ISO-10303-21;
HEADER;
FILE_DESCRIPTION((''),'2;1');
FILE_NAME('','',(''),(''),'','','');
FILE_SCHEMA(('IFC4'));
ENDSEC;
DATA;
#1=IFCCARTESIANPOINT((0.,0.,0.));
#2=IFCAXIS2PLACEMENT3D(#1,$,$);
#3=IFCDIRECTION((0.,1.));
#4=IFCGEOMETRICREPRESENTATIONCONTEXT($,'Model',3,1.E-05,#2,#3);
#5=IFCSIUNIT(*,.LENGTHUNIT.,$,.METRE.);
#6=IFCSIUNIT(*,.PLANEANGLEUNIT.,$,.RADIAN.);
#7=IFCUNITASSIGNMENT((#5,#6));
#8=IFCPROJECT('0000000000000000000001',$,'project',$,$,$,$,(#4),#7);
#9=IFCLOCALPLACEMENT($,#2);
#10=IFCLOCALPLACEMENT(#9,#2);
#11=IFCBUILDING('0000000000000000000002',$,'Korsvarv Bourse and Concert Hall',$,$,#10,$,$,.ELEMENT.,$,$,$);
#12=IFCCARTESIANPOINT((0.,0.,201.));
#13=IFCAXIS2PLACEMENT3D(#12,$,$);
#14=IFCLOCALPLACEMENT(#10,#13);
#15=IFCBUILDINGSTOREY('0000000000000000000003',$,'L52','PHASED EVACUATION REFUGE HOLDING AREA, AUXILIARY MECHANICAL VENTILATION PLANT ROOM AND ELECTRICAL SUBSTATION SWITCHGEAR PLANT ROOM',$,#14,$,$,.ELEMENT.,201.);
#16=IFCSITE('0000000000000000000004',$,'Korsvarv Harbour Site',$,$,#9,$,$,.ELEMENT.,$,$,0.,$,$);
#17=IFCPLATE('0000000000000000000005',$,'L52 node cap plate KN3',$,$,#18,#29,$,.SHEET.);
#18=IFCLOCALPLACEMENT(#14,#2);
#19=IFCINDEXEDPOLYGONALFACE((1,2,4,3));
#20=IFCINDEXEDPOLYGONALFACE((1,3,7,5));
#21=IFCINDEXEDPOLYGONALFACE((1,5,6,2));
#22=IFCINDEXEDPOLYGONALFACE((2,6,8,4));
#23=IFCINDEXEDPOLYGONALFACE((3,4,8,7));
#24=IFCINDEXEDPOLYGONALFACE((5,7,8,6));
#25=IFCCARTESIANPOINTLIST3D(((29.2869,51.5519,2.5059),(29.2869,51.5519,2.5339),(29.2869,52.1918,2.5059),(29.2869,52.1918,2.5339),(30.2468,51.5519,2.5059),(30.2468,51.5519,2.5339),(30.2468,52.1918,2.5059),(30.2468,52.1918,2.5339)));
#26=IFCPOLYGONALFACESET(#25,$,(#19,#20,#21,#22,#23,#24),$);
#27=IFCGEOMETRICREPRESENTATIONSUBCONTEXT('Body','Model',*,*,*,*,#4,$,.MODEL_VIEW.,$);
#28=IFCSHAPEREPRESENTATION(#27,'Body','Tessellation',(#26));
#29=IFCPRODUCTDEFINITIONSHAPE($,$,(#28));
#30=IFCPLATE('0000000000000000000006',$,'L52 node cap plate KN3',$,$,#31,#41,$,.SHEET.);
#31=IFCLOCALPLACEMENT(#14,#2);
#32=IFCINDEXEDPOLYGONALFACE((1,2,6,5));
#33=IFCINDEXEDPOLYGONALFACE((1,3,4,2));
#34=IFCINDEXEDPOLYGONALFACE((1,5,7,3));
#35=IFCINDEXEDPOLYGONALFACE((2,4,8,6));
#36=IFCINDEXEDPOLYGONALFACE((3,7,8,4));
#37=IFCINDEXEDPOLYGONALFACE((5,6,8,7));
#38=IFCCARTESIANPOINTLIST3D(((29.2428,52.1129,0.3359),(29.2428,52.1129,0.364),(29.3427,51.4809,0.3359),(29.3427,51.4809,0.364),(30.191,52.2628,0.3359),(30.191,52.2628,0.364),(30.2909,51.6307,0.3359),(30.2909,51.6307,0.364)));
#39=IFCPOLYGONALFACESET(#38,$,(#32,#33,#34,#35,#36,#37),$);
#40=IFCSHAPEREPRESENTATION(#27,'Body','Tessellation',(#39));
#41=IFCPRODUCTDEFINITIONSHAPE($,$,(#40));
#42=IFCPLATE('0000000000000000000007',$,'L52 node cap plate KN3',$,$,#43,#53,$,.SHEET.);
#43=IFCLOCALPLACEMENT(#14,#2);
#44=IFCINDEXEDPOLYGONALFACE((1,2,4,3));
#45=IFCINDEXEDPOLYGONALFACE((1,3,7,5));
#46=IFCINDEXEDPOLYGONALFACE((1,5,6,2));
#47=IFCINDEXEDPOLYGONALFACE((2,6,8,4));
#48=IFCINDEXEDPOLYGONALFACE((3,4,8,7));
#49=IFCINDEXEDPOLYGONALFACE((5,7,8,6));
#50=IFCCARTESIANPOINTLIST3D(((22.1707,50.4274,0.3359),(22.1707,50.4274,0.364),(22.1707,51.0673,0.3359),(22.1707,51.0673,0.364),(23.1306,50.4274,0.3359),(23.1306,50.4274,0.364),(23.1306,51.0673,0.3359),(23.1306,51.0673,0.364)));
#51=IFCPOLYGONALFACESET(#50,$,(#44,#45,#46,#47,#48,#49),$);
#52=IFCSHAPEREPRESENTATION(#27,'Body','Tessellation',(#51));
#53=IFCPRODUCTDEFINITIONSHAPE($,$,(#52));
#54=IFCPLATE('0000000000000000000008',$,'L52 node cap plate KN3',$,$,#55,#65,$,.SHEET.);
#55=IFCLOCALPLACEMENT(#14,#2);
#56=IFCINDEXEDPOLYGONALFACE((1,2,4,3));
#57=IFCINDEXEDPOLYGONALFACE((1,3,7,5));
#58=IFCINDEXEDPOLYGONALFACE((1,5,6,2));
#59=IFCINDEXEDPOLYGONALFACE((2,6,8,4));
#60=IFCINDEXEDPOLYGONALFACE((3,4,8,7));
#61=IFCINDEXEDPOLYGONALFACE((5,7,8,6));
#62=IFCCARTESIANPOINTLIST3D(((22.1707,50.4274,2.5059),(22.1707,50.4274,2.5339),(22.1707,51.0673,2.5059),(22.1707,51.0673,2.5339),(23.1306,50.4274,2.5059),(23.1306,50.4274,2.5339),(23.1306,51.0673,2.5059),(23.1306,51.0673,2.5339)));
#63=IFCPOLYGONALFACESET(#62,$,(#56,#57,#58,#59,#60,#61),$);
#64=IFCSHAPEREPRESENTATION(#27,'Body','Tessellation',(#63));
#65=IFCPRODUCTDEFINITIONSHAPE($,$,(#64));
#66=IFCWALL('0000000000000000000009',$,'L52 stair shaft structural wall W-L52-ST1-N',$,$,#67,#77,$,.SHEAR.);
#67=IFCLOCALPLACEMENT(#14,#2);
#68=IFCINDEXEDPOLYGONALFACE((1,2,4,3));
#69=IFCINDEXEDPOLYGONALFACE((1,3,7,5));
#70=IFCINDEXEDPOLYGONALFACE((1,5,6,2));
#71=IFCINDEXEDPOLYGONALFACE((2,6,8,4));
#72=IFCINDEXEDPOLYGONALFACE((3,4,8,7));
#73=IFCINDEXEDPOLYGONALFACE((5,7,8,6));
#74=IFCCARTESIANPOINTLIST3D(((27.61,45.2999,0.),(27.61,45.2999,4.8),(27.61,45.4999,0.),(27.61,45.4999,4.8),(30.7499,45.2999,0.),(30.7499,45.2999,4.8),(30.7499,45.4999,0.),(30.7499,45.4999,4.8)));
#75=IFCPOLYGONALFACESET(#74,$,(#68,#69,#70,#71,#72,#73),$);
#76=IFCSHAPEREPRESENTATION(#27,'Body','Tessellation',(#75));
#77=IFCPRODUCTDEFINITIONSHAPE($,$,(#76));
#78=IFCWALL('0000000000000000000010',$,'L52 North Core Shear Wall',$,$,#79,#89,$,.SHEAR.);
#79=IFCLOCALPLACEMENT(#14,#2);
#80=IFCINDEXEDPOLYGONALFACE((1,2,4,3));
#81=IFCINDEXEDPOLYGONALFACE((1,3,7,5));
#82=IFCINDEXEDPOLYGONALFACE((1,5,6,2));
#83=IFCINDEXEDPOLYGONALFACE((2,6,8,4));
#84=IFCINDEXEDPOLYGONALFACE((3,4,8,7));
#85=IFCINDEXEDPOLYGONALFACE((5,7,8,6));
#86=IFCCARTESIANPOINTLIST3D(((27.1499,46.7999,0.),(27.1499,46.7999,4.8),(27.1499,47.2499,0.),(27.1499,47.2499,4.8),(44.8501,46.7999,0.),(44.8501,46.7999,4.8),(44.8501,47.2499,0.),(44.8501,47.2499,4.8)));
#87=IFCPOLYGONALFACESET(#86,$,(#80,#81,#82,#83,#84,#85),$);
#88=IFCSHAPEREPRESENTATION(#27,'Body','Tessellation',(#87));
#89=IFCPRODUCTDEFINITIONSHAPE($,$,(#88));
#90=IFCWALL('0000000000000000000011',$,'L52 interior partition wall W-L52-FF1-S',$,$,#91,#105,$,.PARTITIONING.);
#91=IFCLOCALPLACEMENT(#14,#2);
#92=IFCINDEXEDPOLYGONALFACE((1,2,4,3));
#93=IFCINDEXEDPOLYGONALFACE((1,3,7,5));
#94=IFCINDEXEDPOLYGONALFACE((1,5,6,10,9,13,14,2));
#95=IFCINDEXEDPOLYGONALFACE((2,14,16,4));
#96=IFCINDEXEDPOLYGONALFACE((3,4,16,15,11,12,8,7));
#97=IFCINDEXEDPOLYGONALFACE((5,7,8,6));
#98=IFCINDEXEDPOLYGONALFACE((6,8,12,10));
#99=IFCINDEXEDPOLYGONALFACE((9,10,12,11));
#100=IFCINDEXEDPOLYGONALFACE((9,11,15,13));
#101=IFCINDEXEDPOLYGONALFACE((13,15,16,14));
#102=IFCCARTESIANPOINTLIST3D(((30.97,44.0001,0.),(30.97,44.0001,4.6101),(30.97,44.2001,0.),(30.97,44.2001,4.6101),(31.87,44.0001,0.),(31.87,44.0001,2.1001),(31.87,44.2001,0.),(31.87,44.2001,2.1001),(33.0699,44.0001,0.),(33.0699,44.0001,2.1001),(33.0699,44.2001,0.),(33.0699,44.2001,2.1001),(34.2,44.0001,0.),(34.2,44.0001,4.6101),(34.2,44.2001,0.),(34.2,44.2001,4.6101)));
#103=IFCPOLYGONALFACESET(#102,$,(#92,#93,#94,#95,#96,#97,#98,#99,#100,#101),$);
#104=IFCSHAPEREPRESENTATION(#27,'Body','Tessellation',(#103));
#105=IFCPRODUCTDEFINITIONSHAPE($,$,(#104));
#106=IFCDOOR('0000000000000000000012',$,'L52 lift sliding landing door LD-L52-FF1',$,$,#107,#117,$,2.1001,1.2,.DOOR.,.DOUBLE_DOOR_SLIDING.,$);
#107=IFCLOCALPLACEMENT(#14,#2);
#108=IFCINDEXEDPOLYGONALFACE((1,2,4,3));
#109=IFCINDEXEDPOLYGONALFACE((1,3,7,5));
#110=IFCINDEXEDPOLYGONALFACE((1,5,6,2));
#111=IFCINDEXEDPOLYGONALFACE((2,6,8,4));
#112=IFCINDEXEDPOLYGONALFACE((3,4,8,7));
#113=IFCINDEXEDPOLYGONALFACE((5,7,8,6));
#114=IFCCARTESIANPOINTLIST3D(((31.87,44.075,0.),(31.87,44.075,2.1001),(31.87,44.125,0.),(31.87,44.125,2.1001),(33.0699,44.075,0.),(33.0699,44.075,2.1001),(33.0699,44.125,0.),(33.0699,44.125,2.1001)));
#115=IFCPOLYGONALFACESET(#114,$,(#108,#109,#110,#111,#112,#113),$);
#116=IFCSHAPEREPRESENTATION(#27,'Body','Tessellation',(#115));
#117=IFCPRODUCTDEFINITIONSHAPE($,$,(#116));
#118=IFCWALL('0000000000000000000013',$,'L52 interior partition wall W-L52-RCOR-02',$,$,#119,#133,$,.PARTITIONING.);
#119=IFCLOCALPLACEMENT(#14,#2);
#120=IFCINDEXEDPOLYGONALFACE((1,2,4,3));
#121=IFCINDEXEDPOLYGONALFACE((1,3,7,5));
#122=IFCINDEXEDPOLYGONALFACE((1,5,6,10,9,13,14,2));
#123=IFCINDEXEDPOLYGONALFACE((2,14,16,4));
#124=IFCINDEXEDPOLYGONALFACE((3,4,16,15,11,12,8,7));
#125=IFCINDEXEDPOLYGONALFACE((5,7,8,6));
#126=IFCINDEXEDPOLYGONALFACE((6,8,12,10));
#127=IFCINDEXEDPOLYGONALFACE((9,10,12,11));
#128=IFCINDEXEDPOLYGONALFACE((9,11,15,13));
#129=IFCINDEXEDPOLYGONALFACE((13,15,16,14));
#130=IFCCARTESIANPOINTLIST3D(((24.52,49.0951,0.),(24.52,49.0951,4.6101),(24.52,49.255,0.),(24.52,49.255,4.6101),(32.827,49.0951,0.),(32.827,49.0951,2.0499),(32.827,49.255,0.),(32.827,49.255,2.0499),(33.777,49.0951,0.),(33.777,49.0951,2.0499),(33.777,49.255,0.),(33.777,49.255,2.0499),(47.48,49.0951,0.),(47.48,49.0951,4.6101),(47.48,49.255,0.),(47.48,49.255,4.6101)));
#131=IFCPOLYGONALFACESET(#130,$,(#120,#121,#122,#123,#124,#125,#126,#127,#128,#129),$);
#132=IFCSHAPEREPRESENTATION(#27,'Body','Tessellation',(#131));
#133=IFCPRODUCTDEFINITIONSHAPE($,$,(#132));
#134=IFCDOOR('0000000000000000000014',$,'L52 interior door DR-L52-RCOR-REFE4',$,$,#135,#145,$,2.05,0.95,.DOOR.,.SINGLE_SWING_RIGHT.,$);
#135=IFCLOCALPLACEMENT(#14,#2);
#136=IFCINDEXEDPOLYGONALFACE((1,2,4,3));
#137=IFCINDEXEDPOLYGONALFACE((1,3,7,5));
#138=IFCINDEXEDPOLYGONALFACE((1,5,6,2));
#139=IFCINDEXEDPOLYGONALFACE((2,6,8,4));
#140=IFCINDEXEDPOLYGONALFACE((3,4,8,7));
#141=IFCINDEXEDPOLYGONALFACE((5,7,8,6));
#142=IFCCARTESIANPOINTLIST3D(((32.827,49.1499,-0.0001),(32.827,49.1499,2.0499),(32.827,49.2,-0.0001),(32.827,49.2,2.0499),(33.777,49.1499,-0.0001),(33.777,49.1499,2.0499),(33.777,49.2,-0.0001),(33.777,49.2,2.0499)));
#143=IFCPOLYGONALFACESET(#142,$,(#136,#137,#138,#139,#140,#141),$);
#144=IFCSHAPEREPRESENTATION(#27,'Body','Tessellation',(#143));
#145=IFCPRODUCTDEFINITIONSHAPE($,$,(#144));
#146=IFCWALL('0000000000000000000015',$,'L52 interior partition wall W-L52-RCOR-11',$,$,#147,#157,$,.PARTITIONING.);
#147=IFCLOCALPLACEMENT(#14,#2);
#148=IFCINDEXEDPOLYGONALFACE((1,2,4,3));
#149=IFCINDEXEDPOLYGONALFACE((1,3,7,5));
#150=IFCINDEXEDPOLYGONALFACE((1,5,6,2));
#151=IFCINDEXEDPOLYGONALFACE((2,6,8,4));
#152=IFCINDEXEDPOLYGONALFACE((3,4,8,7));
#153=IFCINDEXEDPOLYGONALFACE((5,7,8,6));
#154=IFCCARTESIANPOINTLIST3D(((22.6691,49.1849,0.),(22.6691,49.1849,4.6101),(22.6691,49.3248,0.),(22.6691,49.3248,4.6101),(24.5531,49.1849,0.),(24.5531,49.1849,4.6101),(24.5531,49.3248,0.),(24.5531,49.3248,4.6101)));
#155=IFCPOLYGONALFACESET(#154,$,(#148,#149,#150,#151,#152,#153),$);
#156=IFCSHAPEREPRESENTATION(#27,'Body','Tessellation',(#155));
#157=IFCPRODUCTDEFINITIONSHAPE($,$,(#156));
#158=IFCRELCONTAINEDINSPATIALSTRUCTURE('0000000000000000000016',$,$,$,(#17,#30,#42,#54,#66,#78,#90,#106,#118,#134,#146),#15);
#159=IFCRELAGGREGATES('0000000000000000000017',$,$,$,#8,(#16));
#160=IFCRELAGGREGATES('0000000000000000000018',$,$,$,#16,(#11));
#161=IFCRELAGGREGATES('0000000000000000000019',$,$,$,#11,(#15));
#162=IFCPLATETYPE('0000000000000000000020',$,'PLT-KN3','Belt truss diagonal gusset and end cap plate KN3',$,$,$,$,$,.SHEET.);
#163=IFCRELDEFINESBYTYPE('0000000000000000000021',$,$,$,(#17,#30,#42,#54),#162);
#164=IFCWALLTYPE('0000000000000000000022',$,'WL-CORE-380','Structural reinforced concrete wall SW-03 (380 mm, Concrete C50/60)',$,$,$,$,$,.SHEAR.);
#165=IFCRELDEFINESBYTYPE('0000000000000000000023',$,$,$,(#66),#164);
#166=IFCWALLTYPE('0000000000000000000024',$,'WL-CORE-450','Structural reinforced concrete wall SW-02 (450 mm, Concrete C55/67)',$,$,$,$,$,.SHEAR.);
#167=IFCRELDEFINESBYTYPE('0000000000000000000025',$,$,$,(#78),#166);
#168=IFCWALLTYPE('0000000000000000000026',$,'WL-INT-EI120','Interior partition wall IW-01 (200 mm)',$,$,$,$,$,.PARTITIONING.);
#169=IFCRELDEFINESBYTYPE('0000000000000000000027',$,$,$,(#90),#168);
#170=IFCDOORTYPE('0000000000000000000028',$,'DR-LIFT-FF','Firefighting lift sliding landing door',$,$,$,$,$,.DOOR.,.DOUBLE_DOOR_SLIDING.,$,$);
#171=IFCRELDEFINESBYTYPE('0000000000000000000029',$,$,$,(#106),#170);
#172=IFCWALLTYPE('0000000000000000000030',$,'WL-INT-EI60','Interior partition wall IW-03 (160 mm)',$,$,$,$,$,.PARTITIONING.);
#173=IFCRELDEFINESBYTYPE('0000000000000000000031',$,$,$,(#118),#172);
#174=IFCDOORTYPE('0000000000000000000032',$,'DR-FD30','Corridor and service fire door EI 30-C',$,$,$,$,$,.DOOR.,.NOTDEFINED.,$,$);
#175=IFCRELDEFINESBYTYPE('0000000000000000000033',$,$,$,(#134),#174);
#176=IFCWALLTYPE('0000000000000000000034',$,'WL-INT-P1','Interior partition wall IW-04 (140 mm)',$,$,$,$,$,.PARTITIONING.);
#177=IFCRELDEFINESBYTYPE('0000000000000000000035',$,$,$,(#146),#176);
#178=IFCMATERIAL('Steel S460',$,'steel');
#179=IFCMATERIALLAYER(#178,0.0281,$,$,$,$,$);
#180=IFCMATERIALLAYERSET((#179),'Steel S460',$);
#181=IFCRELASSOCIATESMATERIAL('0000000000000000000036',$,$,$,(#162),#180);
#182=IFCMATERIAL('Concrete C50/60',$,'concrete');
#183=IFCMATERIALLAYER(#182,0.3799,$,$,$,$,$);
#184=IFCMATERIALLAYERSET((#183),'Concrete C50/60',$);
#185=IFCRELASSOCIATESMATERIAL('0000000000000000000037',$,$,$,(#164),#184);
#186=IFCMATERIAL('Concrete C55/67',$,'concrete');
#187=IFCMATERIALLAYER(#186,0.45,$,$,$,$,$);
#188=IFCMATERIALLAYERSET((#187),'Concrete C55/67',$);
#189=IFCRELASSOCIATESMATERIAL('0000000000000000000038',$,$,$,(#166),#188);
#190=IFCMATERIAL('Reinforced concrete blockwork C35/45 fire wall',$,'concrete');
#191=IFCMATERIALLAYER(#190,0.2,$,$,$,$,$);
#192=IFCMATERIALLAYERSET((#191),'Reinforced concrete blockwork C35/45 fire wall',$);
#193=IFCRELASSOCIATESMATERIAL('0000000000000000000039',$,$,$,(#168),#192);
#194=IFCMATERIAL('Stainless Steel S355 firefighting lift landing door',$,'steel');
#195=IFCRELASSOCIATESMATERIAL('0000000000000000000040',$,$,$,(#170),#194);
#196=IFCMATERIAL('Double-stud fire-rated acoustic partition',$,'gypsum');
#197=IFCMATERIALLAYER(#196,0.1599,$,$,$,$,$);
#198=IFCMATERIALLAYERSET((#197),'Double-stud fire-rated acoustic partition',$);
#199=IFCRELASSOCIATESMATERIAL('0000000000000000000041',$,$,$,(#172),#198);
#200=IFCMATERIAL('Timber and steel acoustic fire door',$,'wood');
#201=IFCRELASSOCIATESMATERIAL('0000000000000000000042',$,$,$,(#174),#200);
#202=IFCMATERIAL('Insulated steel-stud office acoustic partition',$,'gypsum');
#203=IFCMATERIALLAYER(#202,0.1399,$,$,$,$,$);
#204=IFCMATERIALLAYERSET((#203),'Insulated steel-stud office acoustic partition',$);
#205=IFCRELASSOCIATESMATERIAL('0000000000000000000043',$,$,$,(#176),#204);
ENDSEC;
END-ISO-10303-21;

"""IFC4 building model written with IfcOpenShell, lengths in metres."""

from ifc_helpers import new_model, si_unit, direction, frame, frame_2d, origin, origin_2d, place, context, subcontext, project, spatial, rectangle, extrude, source, transform, mapped, material, layer, layer_set, type_object, element, fill, save


model = new_model("IFC4")

# Units and contexts
model_context = context("Model", 3, precision=1e-05, world=origin(), true_north=direction((0.0, 1.0)))
body_context = subcontext(model_context, "Body", "Model", "MODEL_VIEW")
ifc_project = project(units=[si_unit("LENGTHUNIT", "METRE"), si_unit("PLANEANGLEUNIT", "RADIAN")], contexts=[model_context])

# Site, building, storey
site_placement = place(None, origin())
site = spatial("IfcSite", under=ifc_project, at=site_placement, Name="Korsvarv Harbour Site", CompositionType="ELEMENT", RefElevation=0.0)
building_placement = place(site_placement, origin())
building = spatial("IfcBuilding", under=site, at=building_placement, Name="Korsvarv Bourse and Concert Hall", CompositionType="ELEMENT")
storey_placement = place(building_placement, frame((0.0, 0.0, 201.0)))
storey = spatial("IfcBuildingStorey", under=building, at=storey_placement, Name="L52", Description="PHASED EVACUATION REFUGE HOLDING AREA, AUXILIARY MECHANICAL VENTILATION PLANT ROOM AND ELECTRICAL SUBSTATION SWITCHGEAR PLANT ROOM", CompositionType="ELEMENT", Elevation=201.0)

# Shared definitions
ifc_material_1 = material(Name="Concrete C55/67", Category="concrete")

# Plates
ifc_material_2 = material(Name="Steel S460", Category="steel")
ifc_layer_1 = layer(ifc_material_2, 0.0281)
ifc_layer_set_1 = layer_set([ifc_layer_1], Name="Steel S460")
plate_type_1 = type_object("IfcPlateType", Name="PLT-KN3", Description="Belt truss diagonal gusset and end cap plate KN3", PredefinedType="SHEET", material=ifc_layer_set_1)
shared_shape_1 = source(origin(), body_context, "Body", "SweptSolid", [
    extrude(rectangle(XDim=0.96, YDim=0.6399, at=origin_2d()), origin(), (0.0, 0.0, 1.0), 0.0281),
])
for number, where, z_axis, x_axis, name in (
    (1, (29.7668, 51.8718, 2.5059), (0.0, 0.0, 1.0), (1.0, 0.0, 0.0), "L52 node cap plate KN3"),
    (2, (29.7668, 51.8718, 0.3359), (0.0, 0.0, 1.0), (0.987743, 0.15609, 0.0), "L52 node cap plate KN3"),
    (3, (22.6506, 50.7473, 0.3359), (0.0, 0.0, 1.0), (1.0, 0.0, 0.0), "L52 node cap plate KN3"),
    (4, (22.6506, 50.7473, 2.5059), (0.0, 0.0, 1.0), (1.0, 0.0, 0.0), "L52 node cap plate KN3"),
):
    element("IfcPlate", number, at=place(storey_placement, frame(where, z_axis=z_axis, x_axis=x_axis)), inside=storey, type_object=plate_type_1, Name=name, PredefinedType="SHEET", context=body_context, shape_type="MappedRepresentation", body=[
        mapped(shared_shape_1, transform((0.0, 0.0, 0.0), scale=1.0)),
    ])

# Walls
ifc_material_3 = material(Name="Concrete C50/60", Category="concrete")
ifc_layer_2 = layer(ifc_material_3, 0.3799)
ifc_layer_set_2 = layer_set([ifc_layer_2], Name="Concrete C50/60")
wall_type_1 = type_object("IfcWallType", Name="WL-CORE-380", Description="Structural reinforced concrete wall SW-03 (380 mm, Concrete C50/60)", PredefinedType="SHEAR", material=ifc_layer_set_2)
wall_1_placement = place(storey_placement, frame((27.6101, 45.3999, 0.0), z_axis=(0.0, 0.0, 1.0), x_axis=(1.0, 0.0, 0.0)))
element("IfcWall", 5, at=wall_1_placement, inside=storey, type_object=wall_type_1, Name="L52 stair shaft structural wall W-L52-ST1-N", PredefinedType="SHEAR", context=body_context, shape_type="SweptSolid", body=[
    extrude(rectangle(XDim=3.1399, YDim=0.2, at=frame_2d((1.5698, 0.0))), origin(), (0.0, 0.0, 1.0), 4.8),
])
ifc_layer_3 = layer(ifc_material_1, 0.45)
ifc_layer_set_3 = layer_set([ifc_layer_3], Name="Concrete C55/67")
wall_type_2 = type_object("IfcWallType", Name="WL-CORE-450", Description="Structural reinforced concrete wall SW-02 (450 mm, Concrete C55/67)", PredefinedType="SHEAR", material=ifc_layer_set_3)
wall_2_placement = place(storey_placement, frame((27.1499, 47.0249, 0.0), z_axis=(0.0, 0.0, 1.0), x_axis=(1.0, 0.0, 0.0)))
element("IfcWall", 6, at=wall_2_placement, inside=storey, type_object=wall_type_2, Name="L52 North Core Shear Wall", PredefinedType="SHEAR", context=body_context, shape_type="SweptSolid", body=[
    extrude(rectangle(XDim=17.7002, YDim=0.45, at=frame_2d((8.8501, 0.0))), origin(), (0.0, 0.0, 1.0), 4.8),
])

# Walls, openings, doors
ifc_material_4 = material(Name="Reinforced concrete blockwork C35/45 fire wall", Category="concrete")
ifc_layer_4 = layer(ifc_material_4, 0.2)
ifc_layer_set_4 = layer_set([ifc_layer_4], Name="Reinforced concrete blockwork C35/45 fire wall")
wall_type_3 = type_object("IfcWallType", Name="WL-INT-EI120", Description="Interior partition wall IW-01 (200 mm)", PredefinedType="PARTITIONING", material=ifc_layer_set_4)
wall_3_placement = place(storey_placement, frame((30.97, 44.1001, 0.0), z_axis=(0.0, 0.0, 1.0), x_axis=(1.0, 0.0, 0.0)))
wall_3 = element("IfcWall", 7, at=wall_3_placement, inside=storey, type_object=wall_type_3, Name="L52 interior partition wall W-L52-FF1-S", PredefinedType="PARTITIONING", context=body_context, shape_type="SweptSolid", body=[
    extrude(rectangle(XDim=3.23, YDim=0.2, at=frame_2d((1.615, 0.0))), origin(), (0.0, 0.0, 1.0), 4.6101),
])
opening_1_placement = place(wall_3_placement, frame((0.8999, 0.0, 0.0)))
opening_1 = element("IfcOpeningElement", 8, at=opening_1_placement, cuts=wall_3, PredefinedType="OPENING", context=body_context, shape_type="SweptSolid", body=[
    extrude(rectangle(XDim=1.2, YDim=2.1001, at=frame_2d((0.6001, 1.05))), frame((0.0, 0.1099, 0.0), z_axis=(0.0, -1.0, 0.0), x_axis=(1.0, 0.0, 0.0)), (0.0, 0.0, 1.0), 0.22),
])
ifc_material_5 = material(Name="Stainless Steel S355 firefighting lift landing door", Category="steel")
door_type_1 = type_object("IfcDoorType", Name="DR-LIFT-FF", Description="Firefighting lift sliding landing door", OperationType="DOUBLE_DOOR_SLIDING", PredefinedType="DOOR", material=ifc_material_5)
door_1_placement = place(opening_1_placement, origin())
door_1 = element("IfcDoor", 9, at=door_1_placement, inside=storey, type_object=door_type_1, Name="L52 lift sliding landing door LD-L52-FF1", OperationType="DOUBLE_DOOR_SLIDING", OverallHeight=2.1001, OverallWidth=1.2, PredefinedType="DOOR", context=body_context, shape_type="SweptSolid", body=[
    extrude(rectangle(XDim=1.2, YDim=2.1001, at=frame_2d((0.6001, 1.05))), frame((0.0, 0.0249, 0.0), z_axis=(0.0, -1.0, 0.0), x_axis=(1.0, 0.0, 0.0)), (0.0, 0.0, 1.0), 0.05),
])
fill(opening_1, door_1)
ifc_material_6 = material(Name="Double-stud fire-rated acoustic partition", Category="gypsum")
ifc_layer_5 = layer(ifc_material_6, 0.1599)
ifc_layer_set_5 = layer_set([ifc_layer_5], Name="Double-stud fire-rated acoustic partition")
wall_type_4 = type_object("IfcWallType", Name="WL-INT-EI60", Description="Interior partition wall IW-03 (160 mm)", PredefinedType="PARTITIONING", material=ifc_layer_set_5)
wall_4_placement = place(storey_placement, frame((24.52, 49.175, 0.0), z_axis=(0.0, 0.0, 1.0), x_axis=(1.0, 0.0, 0.0)))
wall_4 = element("IfcWall", 10, at=wall_4_placement, inside=storey, type_object=wall_type_4, Name="L52 interior partition wall W-L52-RCOR-02", PredefinedType="PARTITIONING", context=body_context, shape_type="SweptSolid", body=[
    extrude(rectangle(XDim=22.96, YDim=0.1599, at=frame_2d((11.48, 0.0))), origin(), (0.0, 0.0, 1.0), 4.6101),
])
opening_2_placement = place(wall_4_placement, frame((8.3069, 0.0, 0.0)))
opening_2 = element("IfcOpeningElement", 11, at=opening_2_placement, cuts=wall_4, PredefinedType="OPENING", context=body_context, shape_type="SweptSolid", body=[
    extrude(rectangle(XDim=0.95, YDim=2.05, at=frame_2d((0.4751, 1.0249))), frame((0.0, 0.0898, 0.0), z_axis=(0.0, -1.0, 0.0), x_axis=(1.0, 0.0, 0.0)), (0.0, 0.0, 1.0), 0.1799),
])
ifc_material_7 = material(Name="Timber and steel acoustic fire door", Category="wood")
door_type_2 = type_object("IfcDoorType", Name="DR-FD30", Description="Corridor and service fire door EI 30-C", OperationType="NOTDEFINED", PredefinedType="DOOR", material=ifc_material_7)
door_2_placement = place(opening_2_placement, origin())
door_2 = element("IfcDoor", 12, at=door_2_placement, inside=storey, type_object=door_type_2, Name="L52 interior door DR-L52-RCOR-REFE4", OperationType="SINGLE_SWING_RIGHT", OverallHeight=2.05, OverallWidth=0.95, PredefinedType="DOOR", context=body_context, shape_type="SweptSolid", body=[
    extrude(rectangle(XDim=0.95, YDim=2.05, at=frame_2d((0.4751, 1.0249))), frame((0.0, 0.0249, 0.0), z_axis=(0.0, -1.0, 0.0), x_axis=(1.0, 0.0, 0.0)), (0.0, 0.0, 1.0), 0.05),
])
fill(opening_2, door_2)

# Wall
ifc_material_8 = material(Name="Insulated steel-stud office acoustic partition", Category="gypsum")
ifc_layer_6 = layer(ifc_material_8, 0.1399)
ifc_layer_set_6 = layer_set([ifc_layer_6], Name="Insulated steel-stud office acoustic partition")
wall_type_5 = type_object("IfcWallType", Name="WL-INT-P1", Description="Interior partition wall IW-04 (140 mm)", PredefinedType="PARTITIONING", material=ifc_layer_set_6)
wall_5_placement = place(storey_placement, frame((22.6692, 49.2549, 0.0), z_axis=(0.0, 0.0, 1.0), x_axis=(1.0, 0.0, 0.0)))
element("IfcWall", 13, at=wall_5_placement, inside=storey, type_object=wall_type_5, Name="L52 interior partition wall W-L52-RCOR-11", PredefinedType="PARTITIONING", context=body_context, shape_type="SweptSolid", body=[
    extrude(rectangle(XDim=1.884, YDim=0.1399, at=frame_2d((0.9419, 0.0))), origin(), (0.0, 0.0, 1.0), 4.6101),
])

save(model, "model.ifc")
